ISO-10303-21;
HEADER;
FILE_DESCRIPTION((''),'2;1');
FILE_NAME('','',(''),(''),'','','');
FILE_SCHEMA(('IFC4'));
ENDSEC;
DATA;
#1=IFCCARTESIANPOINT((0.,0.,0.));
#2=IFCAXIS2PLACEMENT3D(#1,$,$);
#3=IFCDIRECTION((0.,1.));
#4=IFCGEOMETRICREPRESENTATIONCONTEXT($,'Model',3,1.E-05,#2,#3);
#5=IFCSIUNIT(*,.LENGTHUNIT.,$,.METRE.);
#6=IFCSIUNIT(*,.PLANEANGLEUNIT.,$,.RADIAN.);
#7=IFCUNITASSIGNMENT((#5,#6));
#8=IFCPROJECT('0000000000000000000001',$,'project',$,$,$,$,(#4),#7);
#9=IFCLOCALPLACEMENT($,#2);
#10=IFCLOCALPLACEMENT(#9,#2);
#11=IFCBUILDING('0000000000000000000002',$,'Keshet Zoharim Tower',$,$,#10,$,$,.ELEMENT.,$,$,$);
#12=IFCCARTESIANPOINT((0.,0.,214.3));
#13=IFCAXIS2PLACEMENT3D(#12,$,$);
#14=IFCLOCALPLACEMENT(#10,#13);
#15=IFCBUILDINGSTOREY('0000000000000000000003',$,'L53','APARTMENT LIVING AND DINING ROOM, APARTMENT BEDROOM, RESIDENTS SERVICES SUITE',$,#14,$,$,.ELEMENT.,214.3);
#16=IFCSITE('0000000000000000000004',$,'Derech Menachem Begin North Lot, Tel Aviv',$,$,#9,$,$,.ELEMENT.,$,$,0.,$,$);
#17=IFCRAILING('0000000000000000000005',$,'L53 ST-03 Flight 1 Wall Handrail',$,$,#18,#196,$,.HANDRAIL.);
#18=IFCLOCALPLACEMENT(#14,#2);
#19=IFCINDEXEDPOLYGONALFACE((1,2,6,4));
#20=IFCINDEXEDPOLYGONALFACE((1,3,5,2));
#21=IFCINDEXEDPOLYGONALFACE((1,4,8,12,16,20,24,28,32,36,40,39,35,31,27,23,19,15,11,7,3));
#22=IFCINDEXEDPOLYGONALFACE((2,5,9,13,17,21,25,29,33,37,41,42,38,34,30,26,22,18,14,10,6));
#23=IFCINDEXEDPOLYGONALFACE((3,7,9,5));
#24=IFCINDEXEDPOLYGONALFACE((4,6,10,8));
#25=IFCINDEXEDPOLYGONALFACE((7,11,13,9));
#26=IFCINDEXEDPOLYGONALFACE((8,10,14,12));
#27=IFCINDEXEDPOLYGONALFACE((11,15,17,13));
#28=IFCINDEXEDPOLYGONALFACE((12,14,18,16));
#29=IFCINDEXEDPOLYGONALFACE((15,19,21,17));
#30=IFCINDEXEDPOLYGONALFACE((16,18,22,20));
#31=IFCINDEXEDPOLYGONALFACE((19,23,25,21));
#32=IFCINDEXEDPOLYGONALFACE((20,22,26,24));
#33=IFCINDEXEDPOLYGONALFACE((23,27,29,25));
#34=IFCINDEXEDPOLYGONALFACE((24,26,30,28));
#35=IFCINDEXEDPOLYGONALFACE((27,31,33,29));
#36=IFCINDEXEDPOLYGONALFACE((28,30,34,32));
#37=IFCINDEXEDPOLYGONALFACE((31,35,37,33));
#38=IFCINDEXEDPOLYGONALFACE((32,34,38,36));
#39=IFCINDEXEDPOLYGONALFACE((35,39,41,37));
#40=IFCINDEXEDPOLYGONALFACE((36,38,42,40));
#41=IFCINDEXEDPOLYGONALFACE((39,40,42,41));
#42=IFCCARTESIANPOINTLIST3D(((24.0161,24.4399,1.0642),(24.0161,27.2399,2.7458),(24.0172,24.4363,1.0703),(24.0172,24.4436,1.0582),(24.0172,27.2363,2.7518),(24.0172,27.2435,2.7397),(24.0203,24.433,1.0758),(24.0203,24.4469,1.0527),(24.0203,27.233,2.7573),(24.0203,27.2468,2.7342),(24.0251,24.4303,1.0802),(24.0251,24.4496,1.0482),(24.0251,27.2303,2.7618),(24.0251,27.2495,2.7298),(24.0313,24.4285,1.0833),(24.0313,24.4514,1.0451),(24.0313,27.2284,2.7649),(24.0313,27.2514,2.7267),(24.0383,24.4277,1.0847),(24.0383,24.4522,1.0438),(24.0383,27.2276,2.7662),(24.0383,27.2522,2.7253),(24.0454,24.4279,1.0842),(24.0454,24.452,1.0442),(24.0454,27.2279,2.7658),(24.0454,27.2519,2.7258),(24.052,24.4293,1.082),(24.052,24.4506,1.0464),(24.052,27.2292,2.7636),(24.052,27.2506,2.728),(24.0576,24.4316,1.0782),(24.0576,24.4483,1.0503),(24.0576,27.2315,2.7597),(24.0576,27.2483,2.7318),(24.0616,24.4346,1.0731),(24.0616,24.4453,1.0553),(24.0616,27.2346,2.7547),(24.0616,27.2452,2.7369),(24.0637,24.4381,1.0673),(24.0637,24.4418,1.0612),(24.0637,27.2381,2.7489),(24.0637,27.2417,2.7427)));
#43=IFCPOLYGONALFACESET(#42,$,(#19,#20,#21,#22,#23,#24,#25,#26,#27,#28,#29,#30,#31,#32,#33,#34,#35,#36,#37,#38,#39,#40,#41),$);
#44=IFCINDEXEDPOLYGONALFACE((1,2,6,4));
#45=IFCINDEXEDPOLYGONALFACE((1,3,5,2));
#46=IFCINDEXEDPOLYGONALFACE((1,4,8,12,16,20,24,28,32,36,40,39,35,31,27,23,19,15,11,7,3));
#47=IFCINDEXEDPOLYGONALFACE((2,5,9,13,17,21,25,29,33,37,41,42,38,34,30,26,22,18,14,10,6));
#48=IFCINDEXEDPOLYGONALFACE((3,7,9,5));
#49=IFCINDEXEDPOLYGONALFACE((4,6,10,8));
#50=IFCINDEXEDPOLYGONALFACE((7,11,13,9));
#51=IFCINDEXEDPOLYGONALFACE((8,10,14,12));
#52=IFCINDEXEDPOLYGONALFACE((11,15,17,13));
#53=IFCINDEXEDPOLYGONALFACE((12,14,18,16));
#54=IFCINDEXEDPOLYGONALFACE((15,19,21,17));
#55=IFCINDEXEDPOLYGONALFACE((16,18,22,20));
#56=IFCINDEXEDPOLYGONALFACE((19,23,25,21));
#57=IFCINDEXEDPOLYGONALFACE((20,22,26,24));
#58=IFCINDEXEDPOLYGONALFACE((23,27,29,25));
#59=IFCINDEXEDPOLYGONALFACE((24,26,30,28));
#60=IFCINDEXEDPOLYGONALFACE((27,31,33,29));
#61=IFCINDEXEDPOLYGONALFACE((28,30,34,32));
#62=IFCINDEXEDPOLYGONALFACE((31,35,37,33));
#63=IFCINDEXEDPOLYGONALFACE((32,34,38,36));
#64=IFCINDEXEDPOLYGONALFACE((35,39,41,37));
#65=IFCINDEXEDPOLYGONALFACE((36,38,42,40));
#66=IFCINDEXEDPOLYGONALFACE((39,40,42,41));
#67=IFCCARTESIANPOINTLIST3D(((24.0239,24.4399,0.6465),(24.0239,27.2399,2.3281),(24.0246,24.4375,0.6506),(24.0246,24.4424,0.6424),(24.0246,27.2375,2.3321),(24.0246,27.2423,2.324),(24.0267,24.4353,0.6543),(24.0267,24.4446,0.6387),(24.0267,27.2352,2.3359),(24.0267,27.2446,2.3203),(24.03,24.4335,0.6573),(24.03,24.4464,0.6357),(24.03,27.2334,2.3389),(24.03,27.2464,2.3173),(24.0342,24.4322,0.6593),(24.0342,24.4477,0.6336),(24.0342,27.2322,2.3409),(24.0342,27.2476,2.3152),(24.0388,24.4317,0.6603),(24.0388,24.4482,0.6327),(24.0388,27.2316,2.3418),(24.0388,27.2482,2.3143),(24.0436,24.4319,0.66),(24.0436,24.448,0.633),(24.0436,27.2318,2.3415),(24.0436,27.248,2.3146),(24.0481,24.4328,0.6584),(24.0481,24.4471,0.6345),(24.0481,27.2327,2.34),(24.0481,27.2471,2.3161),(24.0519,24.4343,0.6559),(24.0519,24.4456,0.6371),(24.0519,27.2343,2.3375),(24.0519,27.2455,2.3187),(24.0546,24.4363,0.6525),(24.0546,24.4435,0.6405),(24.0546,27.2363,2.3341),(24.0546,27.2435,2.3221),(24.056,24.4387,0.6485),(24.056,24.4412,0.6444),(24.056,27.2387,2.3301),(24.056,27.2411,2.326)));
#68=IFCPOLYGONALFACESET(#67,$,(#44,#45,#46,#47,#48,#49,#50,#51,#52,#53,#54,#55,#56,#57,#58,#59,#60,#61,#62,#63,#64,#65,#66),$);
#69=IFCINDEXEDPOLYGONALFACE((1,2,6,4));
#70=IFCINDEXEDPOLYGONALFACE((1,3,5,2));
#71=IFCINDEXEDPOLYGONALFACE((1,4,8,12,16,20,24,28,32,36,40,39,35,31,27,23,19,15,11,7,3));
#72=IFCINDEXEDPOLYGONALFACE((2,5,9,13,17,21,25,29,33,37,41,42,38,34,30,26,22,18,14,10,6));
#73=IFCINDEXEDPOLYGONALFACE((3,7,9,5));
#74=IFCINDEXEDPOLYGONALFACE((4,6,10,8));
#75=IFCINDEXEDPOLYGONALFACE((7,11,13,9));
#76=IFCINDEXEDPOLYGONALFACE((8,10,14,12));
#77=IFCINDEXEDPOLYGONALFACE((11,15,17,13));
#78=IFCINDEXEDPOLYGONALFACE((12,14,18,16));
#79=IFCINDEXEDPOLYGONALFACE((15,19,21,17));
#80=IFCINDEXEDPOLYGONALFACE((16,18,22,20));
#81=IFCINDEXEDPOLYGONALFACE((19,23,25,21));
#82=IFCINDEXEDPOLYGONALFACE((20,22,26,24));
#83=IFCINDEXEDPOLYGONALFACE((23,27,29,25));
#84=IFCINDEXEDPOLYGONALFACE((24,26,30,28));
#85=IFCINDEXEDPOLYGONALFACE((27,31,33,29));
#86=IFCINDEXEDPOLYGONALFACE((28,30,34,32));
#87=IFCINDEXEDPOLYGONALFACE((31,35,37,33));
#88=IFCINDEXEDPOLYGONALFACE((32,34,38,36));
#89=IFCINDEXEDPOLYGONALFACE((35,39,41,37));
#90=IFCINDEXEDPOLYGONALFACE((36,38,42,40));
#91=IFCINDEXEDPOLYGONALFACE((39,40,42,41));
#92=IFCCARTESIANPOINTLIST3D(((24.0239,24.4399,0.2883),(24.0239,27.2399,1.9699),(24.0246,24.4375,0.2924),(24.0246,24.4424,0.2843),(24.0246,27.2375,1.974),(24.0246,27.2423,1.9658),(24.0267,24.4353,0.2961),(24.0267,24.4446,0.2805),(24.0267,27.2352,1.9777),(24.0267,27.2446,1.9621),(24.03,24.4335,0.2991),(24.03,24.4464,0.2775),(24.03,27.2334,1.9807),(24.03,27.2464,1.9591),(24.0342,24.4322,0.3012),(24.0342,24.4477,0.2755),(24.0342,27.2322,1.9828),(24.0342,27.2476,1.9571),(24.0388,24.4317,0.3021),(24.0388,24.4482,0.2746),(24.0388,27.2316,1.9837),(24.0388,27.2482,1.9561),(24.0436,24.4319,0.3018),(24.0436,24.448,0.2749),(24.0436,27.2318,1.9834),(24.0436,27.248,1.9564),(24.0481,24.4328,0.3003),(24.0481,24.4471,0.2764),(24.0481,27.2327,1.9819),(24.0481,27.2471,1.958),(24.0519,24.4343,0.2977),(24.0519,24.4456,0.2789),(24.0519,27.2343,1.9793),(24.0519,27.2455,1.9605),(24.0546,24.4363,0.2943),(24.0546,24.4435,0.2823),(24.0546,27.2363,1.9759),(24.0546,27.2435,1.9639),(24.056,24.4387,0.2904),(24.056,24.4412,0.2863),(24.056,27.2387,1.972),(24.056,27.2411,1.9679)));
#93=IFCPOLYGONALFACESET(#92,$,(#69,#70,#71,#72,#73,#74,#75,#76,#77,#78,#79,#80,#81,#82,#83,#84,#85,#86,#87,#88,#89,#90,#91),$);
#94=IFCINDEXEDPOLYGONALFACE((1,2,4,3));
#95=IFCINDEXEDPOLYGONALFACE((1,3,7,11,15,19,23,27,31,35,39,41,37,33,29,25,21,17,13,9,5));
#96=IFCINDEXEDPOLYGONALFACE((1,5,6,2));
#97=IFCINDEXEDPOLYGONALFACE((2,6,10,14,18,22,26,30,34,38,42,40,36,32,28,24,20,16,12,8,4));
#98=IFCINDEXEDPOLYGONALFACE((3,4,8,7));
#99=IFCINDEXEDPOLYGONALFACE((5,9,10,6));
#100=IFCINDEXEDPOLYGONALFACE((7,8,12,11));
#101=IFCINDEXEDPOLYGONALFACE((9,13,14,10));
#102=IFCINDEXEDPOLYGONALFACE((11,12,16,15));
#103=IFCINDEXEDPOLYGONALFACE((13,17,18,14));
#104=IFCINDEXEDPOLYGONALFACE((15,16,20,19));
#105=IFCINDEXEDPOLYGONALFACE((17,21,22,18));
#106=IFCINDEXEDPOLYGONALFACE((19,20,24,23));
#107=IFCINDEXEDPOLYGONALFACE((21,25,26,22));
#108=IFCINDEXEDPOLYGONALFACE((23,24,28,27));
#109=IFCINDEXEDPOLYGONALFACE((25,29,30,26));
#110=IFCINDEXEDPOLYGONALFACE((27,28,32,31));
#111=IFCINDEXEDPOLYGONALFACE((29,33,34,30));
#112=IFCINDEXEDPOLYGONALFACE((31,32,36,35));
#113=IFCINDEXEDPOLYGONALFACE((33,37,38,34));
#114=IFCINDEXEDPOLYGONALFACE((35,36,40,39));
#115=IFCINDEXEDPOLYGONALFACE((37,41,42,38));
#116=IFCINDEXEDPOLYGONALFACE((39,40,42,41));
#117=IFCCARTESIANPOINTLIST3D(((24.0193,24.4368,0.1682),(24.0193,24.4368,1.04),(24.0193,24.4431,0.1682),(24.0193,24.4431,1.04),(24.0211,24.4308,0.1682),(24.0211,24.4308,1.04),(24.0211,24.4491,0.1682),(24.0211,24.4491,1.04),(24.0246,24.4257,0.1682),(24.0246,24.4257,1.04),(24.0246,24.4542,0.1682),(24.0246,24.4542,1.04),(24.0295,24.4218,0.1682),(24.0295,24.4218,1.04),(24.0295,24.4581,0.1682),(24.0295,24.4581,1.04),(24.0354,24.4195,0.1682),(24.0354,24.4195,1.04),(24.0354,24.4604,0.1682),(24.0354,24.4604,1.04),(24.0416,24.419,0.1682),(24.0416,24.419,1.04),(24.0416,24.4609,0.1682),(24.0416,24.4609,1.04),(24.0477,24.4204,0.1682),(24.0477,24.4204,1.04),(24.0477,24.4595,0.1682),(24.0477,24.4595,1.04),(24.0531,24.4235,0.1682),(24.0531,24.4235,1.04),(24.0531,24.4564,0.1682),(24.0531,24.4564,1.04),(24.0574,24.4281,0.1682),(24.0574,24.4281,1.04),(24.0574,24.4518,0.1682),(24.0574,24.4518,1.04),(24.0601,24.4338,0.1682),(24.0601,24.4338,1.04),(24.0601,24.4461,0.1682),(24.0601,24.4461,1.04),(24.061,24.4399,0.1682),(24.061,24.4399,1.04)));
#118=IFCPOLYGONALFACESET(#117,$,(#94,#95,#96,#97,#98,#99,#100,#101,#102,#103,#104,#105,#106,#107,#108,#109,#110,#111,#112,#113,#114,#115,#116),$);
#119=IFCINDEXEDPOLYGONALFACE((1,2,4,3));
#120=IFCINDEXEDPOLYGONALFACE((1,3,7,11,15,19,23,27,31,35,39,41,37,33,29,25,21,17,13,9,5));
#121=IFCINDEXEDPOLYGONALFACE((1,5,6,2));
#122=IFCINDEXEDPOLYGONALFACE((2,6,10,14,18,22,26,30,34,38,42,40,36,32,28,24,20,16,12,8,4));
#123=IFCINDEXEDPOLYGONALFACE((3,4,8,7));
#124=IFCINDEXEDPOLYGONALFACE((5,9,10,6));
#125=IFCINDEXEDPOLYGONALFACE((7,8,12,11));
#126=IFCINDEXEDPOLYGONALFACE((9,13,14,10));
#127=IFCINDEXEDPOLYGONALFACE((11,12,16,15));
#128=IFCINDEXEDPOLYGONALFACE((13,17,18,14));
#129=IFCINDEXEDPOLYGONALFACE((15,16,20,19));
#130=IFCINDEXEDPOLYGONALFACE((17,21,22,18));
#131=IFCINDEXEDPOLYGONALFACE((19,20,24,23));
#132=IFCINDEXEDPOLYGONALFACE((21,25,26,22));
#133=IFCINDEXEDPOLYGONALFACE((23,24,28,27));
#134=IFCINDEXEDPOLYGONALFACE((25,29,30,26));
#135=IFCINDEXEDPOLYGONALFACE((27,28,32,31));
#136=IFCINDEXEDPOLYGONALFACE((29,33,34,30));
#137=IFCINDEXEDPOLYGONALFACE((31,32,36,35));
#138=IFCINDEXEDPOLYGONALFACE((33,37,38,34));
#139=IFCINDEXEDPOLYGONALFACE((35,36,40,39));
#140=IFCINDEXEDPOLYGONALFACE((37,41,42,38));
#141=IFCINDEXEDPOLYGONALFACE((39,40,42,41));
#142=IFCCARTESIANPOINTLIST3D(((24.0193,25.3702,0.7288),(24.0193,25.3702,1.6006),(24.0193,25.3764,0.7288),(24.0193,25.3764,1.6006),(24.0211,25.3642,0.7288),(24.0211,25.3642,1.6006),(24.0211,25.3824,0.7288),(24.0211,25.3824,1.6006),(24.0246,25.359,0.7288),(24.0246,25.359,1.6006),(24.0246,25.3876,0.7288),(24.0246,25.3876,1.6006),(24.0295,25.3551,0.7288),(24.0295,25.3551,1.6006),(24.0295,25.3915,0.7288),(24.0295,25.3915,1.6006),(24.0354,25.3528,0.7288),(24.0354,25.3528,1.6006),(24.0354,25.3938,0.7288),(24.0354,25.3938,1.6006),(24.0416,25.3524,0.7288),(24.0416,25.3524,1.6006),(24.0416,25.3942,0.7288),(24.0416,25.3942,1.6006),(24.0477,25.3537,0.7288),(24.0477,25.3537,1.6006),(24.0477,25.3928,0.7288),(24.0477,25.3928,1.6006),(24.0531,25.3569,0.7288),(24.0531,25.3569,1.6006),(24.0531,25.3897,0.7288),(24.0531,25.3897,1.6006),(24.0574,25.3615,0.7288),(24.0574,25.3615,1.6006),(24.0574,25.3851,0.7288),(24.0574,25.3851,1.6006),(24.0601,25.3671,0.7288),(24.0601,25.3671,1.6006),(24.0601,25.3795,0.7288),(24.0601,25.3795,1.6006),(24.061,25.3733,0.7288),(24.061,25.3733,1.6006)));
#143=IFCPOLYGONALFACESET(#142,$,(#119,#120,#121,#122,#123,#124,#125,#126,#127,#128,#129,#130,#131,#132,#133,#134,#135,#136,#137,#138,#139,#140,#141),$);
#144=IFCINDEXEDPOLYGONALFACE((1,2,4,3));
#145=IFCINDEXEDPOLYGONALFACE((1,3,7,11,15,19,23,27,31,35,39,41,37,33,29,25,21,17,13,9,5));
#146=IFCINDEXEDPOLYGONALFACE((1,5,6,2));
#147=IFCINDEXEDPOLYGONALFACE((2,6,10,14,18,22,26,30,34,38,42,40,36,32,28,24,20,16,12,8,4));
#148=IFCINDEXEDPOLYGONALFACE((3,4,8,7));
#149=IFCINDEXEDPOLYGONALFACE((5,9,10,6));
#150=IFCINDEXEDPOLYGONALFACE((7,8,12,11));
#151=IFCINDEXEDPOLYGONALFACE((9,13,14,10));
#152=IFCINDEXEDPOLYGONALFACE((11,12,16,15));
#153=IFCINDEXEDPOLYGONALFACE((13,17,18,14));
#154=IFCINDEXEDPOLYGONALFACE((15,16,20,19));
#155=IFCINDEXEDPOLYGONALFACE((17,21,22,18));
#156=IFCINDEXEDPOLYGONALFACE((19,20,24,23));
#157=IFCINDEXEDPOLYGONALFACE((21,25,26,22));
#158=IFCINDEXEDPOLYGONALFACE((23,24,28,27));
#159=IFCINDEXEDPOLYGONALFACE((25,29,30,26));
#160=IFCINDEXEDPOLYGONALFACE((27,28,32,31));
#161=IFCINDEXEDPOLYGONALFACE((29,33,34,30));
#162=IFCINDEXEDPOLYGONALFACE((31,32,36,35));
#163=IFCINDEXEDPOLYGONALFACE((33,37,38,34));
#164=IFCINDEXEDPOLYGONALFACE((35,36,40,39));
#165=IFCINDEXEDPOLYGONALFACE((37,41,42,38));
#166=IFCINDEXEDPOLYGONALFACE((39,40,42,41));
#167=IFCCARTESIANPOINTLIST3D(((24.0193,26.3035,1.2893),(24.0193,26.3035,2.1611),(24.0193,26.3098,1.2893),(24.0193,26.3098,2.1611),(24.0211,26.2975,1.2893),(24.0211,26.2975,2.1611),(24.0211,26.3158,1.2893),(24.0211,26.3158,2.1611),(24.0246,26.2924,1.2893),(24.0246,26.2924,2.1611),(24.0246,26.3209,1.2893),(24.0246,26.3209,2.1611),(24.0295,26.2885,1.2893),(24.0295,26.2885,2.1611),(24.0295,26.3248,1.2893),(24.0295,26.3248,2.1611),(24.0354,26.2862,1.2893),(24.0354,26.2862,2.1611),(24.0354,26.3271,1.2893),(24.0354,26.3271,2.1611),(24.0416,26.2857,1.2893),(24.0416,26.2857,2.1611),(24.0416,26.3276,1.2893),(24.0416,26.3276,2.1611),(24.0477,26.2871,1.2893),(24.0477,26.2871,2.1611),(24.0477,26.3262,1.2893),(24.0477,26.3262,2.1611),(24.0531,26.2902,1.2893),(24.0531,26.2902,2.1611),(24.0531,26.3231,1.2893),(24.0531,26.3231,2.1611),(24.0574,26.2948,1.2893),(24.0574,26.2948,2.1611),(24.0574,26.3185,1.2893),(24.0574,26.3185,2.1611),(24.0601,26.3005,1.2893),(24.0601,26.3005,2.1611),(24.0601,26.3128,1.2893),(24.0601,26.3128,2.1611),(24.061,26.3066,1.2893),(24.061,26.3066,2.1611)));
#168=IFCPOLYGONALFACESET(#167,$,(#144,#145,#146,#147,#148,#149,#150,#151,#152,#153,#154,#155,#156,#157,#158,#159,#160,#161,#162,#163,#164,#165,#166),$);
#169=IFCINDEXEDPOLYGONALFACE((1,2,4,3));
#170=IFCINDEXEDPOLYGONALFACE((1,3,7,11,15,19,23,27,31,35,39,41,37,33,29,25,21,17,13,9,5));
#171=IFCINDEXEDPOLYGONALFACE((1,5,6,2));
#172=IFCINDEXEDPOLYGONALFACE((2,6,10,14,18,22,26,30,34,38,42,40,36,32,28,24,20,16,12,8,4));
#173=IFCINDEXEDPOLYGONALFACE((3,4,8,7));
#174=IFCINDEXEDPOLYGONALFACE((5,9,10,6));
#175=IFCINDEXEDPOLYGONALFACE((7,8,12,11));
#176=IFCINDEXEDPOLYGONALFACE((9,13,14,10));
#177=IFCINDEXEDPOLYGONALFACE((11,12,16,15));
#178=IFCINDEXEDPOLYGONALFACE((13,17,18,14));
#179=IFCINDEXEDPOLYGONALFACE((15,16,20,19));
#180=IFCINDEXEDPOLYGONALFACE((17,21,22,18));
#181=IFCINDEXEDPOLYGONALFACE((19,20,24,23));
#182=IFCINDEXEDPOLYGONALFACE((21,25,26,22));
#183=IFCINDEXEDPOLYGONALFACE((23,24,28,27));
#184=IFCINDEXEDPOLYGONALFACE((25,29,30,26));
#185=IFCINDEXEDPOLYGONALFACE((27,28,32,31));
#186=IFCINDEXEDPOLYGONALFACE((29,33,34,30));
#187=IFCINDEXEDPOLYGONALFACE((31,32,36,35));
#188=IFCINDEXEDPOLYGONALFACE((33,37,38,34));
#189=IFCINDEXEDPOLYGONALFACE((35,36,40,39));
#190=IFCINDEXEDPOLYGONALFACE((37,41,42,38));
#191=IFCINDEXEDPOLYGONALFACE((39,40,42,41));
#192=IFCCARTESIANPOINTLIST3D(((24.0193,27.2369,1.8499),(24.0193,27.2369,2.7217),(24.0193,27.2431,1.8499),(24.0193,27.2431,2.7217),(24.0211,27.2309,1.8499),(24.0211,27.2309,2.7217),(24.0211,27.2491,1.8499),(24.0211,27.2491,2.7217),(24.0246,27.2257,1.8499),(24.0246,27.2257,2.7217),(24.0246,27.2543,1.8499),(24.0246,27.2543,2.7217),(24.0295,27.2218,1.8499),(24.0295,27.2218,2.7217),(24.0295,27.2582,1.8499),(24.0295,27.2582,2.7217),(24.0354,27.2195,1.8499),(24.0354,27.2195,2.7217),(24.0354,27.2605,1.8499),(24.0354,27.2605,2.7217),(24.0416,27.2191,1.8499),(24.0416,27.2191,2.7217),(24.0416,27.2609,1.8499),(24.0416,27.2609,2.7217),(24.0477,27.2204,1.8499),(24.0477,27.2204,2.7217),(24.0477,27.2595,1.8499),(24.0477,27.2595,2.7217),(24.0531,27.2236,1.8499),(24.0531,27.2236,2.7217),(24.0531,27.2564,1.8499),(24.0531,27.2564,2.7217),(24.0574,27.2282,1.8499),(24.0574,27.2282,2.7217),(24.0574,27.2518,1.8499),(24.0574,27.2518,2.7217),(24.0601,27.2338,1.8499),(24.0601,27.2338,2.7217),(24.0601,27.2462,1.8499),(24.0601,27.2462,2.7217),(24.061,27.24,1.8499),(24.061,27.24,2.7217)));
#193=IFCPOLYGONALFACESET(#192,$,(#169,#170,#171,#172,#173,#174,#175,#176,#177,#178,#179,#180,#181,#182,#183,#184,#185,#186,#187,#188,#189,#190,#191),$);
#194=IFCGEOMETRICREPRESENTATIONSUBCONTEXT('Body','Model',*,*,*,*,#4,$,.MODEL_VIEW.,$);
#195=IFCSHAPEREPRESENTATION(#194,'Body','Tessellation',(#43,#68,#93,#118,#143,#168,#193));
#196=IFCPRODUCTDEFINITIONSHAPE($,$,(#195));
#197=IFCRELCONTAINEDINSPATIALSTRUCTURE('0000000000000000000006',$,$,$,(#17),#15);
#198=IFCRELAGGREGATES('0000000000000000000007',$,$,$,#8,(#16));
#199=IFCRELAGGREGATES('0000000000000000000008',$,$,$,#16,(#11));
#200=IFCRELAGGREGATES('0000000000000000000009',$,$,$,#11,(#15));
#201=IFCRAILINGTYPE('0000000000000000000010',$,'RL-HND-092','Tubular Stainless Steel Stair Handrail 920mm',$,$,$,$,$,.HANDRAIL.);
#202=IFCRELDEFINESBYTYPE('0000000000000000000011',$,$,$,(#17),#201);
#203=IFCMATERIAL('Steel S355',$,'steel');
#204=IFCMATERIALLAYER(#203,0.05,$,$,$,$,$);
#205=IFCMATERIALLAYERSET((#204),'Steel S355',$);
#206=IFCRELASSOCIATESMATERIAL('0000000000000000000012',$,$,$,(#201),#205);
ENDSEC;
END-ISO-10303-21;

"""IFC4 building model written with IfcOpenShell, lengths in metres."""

from ifc_helpers import new_model, si_unit, direction, frame, origin, origin_2d, place, context, subcontext, project, spatial, circle, extrude, material, layer, layer_set, type_object, element, save


model = new_model("IFC4")

# Units and contexts
model_context = context("Model", 3, precision=1e-05, world=origin(), true_north=direction((0.0, 1.0)))
body_context = subcontext(model_context, "Body", "Model", "MODEL_VIEW")
ifc_project = project(units=[si_unit("LENGTHUNIT", "METRE"), si_unit("PLANEANGLEUNIT", "RADIAN")], contexts=[model_context])

# Site, building, storey
site_placement = place(None, origin())
site = spatial("IfcSite", under=ifc_project, at=site_placement, Name="Derech Menachem Begin North Lot, Tel Aviv", CompositionType="ELEMENT", RefElevation=0.0)
building_placement = place(site_placement, origin())
building = spatial("IfcBuilding", under=site, at=building_placement, Name="Keshet Zoharim Tower", CompositionType="ELEMENT")
storey_placement = place(building_placement, frame((0.0, 0.0, 214.3)))
storey = spatial("IfcBuildingStorey", under=building, at=storey_placement, Name="L53", Description="APARTMENT LIVING AND DINING ROOM, APARTMENT BEDROOM, RESIDENTS SERVICES SUITE", CompositionType="ELEMENT", Elevation=214.3)

# Railing
ifc_material_1 = material(Name="Steel S355", Category="steel")
ifc_layer_1 = layer(ifc_material_1, 0.05)
ifc_layer_set_1 = layer_set([ifc_layer_1], Name="Steel S355")
railing_type_1 = type_object("IfcRailingType", Name="RL-HND-092", Description="Tubular Stainless Steel Stair Handrail 920mm", PredefinedType="HANDRAIL", material=ifc_layer_set_1)
for number, where, name in (
    (1, (24.04, 24.4399, 0.1682), "L53 ST-03 Flight 1 Wall Handrail"),
):
    element("IfcRailing", number, at=place(storey_placement, frame(where)), inside=storey, type_object=railing_type_1, Name=name, PredefinedType="HANDRAIL", context=body_context, shape_type="SweptSolid", body=[
        extrude(circle(Radius=0.0239, at=origin_2d()), frame((0.0, 0.0, 0.896), z_axis=(0.0, 0.857275, 0.514858), x_axis=(-1.0, 0.0, 0.0)), (0.0, 0.0, 1.0), 3.2661),
        extrude(circle(Radius=0.0161, at=origin_2d()), frame((0.0, 0.0, 0.4783), z_axis=(0.0, 0.857275, 0.514858), x_axis=(-1.0, 0.0, 0.0)), (0.0, 0.0, 1.0), 3.2661),
        extrude(circle(Radius=0.0161, at=origin_2d()), frame((0.0, 0.0, 0.1201), z_axis=(0.0, 0.857275, 0.514858), x_axis=(-1.0, 0.0, 0.0)), (0.0, 0.0, 1.0), 3.2661),
        extrude(circle(Radius=0.021, at=origin_2d()), origin(), (0.0, 0.0, 1.0), 0.8718),
        extrude(circle(Radius=0.021, at=origin_2d()), frame((0.0, 0.9333, 0.5605)), (0.0, 0.0, 1.0), 0.8718),
        extrude(circle(Radius=0.021, at=origin_2d()), frame((0.0, 1.8667, 1.1211)), (0.0, 0.0, 1.0), 0.8718),
        extrude(circle(Radius=0.021, at=origin_2d()), frame((0.0, 2.8, 1.6816)), (0.0, 0.0, 1.0), 0.8718),
    ])

save(model, "model.ifc")
